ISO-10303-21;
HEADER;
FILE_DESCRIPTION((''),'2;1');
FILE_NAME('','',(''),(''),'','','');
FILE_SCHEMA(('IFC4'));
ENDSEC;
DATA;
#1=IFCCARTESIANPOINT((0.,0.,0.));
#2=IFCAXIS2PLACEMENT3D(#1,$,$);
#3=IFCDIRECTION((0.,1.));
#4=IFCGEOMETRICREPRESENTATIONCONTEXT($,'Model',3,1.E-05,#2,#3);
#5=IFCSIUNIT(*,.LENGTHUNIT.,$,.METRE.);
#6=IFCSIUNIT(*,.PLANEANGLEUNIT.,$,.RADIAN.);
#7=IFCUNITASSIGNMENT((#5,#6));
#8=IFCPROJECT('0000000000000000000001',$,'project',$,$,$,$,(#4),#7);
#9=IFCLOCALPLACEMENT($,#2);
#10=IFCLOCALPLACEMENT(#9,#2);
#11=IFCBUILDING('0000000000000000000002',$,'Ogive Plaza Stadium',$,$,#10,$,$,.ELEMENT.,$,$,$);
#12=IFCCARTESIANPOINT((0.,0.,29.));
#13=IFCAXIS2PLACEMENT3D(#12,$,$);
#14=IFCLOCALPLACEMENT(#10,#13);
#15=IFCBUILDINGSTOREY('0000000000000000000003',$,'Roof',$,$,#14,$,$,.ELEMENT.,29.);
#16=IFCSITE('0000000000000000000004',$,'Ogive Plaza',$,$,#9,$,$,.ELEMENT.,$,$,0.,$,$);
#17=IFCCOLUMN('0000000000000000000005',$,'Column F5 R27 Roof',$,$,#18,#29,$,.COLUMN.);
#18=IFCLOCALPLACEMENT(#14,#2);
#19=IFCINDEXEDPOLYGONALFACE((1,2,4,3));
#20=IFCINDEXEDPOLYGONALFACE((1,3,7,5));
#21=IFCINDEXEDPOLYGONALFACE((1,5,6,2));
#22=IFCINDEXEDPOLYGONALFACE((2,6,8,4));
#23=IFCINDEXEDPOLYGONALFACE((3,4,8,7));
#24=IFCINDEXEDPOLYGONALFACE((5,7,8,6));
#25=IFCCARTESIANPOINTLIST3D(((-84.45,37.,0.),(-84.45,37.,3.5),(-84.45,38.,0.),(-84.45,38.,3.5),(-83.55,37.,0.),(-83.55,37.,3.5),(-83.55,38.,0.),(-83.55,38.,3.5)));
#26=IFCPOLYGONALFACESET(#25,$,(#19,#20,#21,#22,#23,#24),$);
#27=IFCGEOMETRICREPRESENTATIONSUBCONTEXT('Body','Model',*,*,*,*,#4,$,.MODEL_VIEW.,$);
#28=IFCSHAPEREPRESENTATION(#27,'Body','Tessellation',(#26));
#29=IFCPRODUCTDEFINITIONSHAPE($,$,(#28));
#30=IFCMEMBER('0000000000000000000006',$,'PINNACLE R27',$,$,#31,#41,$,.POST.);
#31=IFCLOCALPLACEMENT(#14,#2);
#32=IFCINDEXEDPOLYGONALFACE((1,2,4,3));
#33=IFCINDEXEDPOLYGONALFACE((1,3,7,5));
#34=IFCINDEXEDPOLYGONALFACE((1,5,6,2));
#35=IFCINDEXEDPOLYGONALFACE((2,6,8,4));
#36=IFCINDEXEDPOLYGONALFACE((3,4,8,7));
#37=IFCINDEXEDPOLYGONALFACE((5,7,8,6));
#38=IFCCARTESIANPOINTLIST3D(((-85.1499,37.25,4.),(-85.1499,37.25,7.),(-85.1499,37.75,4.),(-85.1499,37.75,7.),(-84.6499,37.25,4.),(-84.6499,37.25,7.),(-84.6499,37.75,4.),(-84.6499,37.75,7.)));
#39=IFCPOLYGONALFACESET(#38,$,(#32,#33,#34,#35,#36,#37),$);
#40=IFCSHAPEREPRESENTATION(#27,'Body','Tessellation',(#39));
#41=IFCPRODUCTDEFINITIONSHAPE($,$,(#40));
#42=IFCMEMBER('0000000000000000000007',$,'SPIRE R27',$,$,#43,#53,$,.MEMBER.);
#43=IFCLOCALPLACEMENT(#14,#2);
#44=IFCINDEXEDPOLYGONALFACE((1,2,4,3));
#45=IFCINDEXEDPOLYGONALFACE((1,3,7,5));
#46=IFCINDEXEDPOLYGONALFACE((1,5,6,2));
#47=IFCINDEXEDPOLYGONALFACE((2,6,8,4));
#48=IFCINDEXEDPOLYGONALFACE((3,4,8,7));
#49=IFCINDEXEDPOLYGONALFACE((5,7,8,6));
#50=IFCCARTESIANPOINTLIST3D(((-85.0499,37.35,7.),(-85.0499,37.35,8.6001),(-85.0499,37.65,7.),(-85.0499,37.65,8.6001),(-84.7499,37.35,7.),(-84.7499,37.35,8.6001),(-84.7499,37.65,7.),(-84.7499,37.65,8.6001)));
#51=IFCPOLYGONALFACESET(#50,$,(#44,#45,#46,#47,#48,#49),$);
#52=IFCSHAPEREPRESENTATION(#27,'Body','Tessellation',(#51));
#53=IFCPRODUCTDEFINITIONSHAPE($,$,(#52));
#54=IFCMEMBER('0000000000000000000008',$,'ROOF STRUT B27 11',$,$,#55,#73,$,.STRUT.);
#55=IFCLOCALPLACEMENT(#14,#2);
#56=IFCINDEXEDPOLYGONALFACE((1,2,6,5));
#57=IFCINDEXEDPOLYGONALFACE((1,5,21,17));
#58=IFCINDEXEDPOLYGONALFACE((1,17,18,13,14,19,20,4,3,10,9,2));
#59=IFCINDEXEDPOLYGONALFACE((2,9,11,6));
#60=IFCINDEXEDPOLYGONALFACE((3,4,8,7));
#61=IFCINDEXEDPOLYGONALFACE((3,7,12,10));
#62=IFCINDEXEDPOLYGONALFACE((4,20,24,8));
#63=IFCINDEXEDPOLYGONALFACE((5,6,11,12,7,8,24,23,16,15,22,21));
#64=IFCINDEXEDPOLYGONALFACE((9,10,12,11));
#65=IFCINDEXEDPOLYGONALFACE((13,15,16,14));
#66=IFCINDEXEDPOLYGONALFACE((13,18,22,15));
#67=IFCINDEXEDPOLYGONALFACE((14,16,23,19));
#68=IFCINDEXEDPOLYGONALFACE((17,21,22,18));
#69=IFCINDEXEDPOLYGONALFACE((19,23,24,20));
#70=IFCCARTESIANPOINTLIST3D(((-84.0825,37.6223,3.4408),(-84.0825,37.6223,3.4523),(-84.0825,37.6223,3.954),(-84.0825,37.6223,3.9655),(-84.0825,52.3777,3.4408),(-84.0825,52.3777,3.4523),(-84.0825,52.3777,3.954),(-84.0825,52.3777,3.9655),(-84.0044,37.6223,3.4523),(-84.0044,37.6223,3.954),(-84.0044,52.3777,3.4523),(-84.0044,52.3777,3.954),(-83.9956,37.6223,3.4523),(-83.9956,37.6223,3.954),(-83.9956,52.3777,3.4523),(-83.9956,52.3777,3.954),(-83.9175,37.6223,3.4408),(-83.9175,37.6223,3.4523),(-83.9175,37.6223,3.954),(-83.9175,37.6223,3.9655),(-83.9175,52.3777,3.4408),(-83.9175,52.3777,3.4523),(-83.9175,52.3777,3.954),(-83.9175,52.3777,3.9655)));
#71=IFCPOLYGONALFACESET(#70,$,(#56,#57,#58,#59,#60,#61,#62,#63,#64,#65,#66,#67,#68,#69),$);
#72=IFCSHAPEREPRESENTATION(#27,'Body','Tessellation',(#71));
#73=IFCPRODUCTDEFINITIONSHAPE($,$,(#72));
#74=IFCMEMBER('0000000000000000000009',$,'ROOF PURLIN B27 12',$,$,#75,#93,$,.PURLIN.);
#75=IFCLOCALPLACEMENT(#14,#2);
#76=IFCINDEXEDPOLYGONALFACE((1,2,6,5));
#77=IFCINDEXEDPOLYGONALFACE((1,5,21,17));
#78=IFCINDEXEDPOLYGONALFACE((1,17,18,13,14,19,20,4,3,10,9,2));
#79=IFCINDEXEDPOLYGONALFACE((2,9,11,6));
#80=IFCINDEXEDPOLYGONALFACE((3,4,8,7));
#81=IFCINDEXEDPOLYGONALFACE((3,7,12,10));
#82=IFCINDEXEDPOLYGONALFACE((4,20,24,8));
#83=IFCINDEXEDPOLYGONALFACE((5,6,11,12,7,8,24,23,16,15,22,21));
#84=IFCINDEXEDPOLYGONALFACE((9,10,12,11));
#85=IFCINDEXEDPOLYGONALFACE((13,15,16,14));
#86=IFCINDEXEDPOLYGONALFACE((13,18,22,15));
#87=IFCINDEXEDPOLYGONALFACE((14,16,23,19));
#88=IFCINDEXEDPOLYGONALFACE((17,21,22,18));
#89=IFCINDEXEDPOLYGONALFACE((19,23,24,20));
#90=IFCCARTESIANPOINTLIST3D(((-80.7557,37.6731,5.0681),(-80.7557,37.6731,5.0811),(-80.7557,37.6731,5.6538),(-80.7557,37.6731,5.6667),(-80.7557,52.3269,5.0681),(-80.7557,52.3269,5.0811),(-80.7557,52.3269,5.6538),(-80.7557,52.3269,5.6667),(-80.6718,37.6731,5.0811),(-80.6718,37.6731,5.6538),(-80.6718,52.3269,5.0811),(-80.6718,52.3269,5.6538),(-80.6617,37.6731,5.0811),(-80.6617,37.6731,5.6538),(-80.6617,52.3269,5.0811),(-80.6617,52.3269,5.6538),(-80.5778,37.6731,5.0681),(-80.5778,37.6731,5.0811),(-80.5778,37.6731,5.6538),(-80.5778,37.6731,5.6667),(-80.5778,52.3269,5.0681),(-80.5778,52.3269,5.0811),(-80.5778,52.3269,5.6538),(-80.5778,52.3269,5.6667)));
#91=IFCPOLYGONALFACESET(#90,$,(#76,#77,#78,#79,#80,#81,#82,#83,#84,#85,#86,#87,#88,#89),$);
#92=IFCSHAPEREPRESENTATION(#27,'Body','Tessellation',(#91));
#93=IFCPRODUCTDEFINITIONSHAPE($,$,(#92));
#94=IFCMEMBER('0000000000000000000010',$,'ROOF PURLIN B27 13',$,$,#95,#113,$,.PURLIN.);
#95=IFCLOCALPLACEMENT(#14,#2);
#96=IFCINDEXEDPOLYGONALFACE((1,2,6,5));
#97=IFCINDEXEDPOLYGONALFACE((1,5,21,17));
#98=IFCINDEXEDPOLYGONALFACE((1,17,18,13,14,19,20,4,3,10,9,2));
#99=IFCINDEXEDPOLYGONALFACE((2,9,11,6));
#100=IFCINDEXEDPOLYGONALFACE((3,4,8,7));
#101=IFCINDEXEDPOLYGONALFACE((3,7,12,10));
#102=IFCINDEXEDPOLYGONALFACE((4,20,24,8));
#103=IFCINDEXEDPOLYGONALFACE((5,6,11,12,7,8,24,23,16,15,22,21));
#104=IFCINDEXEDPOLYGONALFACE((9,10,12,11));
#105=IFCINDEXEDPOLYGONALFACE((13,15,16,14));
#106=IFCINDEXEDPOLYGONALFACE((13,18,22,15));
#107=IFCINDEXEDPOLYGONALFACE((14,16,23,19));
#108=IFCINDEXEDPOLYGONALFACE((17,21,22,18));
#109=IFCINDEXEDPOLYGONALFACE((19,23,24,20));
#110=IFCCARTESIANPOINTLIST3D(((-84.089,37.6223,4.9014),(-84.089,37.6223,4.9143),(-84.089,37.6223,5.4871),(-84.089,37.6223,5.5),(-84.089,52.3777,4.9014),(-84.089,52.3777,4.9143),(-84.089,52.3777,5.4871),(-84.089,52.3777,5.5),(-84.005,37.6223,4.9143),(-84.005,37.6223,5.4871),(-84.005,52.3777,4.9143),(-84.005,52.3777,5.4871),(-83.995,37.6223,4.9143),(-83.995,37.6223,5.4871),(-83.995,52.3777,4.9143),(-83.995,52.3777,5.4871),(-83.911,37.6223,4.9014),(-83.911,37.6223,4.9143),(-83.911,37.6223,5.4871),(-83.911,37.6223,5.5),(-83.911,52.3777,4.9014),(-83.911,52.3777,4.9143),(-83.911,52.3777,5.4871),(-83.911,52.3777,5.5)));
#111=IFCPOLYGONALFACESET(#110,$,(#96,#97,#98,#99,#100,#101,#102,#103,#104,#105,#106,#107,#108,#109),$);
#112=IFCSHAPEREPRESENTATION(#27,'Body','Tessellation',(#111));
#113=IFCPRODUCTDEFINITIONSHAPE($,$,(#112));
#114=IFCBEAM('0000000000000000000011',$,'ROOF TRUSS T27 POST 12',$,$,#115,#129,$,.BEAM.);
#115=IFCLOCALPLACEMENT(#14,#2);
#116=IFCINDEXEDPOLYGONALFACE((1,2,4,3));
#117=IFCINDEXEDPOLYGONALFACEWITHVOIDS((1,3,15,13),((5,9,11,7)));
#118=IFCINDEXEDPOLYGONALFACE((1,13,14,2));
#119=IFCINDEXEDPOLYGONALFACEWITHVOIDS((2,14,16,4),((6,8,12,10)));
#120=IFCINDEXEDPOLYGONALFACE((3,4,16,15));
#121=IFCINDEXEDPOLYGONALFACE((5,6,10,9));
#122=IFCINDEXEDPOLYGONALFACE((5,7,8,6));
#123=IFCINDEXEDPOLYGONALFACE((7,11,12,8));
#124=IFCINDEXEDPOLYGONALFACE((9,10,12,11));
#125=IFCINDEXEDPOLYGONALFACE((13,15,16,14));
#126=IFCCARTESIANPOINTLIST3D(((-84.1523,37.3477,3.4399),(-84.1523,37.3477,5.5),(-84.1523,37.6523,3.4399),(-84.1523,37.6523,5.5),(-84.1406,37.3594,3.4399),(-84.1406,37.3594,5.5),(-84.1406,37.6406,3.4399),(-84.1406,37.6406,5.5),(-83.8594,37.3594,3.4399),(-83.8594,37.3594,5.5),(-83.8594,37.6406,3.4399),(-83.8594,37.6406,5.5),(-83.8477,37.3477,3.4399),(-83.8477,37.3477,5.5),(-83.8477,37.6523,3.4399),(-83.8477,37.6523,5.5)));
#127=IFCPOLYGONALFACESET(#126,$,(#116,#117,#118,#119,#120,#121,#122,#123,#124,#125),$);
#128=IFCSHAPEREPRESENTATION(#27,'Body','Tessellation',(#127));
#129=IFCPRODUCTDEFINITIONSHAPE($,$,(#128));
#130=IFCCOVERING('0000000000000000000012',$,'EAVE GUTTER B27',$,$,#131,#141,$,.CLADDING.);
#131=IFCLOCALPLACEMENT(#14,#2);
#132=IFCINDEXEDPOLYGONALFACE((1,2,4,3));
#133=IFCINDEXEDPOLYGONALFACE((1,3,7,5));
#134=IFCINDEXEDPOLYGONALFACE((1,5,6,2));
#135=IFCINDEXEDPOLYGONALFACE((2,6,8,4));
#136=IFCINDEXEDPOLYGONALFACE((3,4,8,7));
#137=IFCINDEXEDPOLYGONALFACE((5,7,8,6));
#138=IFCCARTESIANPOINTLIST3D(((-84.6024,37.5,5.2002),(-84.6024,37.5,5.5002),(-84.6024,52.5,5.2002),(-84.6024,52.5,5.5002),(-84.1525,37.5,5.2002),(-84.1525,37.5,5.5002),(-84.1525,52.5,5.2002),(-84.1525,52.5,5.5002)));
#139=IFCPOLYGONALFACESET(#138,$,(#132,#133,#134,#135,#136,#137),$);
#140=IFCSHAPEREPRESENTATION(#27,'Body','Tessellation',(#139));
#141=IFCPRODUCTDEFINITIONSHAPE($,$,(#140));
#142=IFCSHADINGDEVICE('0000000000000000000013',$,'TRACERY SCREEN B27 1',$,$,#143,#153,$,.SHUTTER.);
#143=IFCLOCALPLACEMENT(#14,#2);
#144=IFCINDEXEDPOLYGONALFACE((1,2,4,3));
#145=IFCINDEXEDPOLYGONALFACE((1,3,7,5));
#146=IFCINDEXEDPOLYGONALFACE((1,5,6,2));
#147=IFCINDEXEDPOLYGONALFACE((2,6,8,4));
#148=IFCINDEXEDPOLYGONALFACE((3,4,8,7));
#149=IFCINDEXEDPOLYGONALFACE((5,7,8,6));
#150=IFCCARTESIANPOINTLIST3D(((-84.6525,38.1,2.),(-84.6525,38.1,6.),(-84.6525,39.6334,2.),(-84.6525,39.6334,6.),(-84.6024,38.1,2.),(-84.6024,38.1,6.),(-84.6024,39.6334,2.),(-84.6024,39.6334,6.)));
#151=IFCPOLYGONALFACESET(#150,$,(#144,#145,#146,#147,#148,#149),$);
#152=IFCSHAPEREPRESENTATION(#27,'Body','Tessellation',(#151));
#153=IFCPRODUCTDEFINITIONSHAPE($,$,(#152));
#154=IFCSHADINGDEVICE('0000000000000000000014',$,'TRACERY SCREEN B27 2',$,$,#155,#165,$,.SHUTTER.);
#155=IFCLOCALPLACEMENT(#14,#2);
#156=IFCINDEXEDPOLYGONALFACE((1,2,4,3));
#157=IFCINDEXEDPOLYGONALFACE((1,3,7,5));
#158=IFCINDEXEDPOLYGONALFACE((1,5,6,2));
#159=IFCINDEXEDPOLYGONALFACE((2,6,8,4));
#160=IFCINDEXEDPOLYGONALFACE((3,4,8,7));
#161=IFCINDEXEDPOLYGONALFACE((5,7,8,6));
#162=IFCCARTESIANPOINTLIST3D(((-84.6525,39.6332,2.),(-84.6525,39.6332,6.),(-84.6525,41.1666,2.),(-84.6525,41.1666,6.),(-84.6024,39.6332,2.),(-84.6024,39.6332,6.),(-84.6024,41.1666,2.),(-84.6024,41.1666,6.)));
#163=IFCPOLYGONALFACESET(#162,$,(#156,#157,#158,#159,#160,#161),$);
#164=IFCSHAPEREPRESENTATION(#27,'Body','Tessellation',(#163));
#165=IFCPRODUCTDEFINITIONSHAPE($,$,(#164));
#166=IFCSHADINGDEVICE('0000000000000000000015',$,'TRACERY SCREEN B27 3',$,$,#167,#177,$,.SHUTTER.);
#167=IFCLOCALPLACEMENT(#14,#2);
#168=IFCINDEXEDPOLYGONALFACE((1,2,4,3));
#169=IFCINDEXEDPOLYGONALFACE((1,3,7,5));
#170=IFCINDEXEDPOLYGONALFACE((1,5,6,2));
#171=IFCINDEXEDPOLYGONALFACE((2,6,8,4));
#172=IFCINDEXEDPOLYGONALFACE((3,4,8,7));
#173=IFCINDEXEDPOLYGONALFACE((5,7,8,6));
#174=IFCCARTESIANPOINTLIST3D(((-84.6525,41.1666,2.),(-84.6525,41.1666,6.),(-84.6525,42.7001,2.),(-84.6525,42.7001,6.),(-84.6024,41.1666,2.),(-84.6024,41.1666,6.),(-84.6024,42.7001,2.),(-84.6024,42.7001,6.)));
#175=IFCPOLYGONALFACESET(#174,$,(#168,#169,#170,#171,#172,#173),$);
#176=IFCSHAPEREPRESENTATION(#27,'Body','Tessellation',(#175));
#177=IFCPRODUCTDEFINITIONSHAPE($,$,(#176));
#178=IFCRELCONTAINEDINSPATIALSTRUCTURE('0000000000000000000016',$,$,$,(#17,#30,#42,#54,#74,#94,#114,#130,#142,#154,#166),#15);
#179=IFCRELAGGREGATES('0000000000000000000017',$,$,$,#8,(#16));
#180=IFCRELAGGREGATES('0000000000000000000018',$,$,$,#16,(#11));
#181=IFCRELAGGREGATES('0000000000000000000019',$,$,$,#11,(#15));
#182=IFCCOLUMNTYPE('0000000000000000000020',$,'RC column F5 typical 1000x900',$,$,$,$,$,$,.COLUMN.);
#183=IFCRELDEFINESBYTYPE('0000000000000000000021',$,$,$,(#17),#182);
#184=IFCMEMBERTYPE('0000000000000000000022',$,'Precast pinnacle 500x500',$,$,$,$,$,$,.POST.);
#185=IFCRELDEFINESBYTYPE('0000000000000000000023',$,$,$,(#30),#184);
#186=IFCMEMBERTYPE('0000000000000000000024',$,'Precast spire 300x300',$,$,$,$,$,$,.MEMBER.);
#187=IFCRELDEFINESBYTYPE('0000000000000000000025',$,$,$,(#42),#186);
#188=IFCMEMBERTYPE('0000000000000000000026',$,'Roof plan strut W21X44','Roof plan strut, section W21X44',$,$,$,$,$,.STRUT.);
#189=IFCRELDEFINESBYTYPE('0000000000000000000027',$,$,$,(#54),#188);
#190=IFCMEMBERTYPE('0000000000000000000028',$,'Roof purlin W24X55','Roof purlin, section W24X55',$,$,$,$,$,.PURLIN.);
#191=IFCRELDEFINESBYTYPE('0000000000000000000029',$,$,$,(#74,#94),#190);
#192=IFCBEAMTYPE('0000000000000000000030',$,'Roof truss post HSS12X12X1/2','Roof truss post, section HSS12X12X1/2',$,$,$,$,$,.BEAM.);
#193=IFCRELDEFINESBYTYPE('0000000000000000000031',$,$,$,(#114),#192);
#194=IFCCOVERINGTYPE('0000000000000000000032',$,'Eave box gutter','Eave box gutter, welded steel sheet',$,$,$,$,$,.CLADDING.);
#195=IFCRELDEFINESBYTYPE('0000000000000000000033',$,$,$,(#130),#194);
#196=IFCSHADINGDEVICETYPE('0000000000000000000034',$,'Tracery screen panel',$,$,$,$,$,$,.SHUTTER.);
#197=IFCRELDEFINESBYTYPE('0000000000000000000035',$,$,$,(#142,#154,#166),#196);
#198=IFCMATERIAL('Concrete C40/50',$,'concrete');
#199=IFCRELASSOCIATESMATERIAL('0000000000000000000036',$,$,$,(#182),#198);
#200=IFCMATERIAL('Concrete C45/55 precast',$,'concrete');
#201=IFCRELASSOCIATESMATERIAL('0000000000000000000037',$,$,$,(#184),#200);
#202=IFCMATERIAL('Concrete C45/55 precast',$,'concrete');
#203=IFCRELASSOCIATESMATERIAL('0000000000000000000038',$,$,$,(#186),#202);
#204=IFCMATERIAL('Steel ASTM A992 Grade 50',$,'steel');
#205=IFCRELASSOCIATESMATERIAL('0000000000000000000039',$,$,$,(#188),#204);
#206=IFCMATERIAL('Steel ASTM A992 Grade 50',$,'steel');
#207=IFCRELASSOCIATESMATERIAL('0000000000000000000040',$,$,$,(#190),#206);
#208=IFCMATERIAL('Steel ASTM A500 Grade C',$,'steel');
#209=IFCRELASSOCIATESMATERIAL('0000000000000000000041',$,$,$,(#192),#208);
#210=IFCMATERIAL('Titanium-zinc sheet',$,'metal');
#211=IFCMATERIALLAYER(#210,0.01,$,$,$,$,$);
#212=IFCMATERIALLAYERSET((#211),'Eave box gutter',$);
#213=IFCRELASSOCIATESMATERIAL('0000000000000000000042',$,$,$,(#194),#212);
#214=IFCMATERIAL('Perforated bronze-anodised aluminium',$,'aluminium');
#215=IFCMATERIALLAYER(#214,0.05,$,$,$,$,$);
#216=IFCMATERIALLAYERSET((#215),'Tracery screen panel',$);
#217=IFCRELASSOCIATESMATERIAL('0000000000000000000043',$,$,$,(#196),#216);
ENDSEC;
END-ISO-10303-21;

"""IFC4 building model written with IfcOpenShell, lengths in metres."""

from ifc_helpers import new_model, si_unit, direction, frame, origin, origin_2d, place, context, subcontext, project, spatial, rectangle, hollow_rectangle, i_section, extrude, material, layer, layer_set, material_profile, profile_set, type_object, element, save


model = new_model("IFC4")

# Units and contexts
model_context = context("Model", 3, precision=1e-05, world=origin(), true_north=direction((0.0, 1.0)))
body_context = subcontext(model_context, "Body", "Model", "MODEL_VIEW")
ifc_project = project(units=[si_unit("LENGTHUNIT", "METRE"), si_unit("PLANEANGLEUNIT", "RADIAN")], contexts=[model_context])

# Site, building, storey
site_placement = place(None, origin())
site = spatial("IfcSite", under=ifc_project, at=site_placement, Name="Ogive Plaza", CompositionType="ELEMENT", RefElevation=0.0)
building_placement = place(site_placement, origin())
building = spatial("IfcBuilding", under=site, at=building_placement, Name="Ogive Plaza Stadium", CompositionType="ELEMENT")
storey_placement = place(building_placement, frame((0.0, 0.0, 29.0)))
storey = spatial("IfcBuildingStorey", under=building, at=storey_placement, Name="Roof", CompositionType="ELEMENT", Elevation=29.0)

# Column
ifc_material_1 = material(Name="Concrete C40/50", Category="concrete")
ifc_material_profile_1 = material_profile(ifc_material_1, rectangle(XDim=1.0, YDim=0.8999, at=origin_2d()), Name="RC 1000x900")
ifc_profile_set_1 = profile_set([ifc_material_profile_1], Name="Concrete C40/50")
column_type = type_object("IfcColumnType", Name="RC column F5 typical 1000x900", PredefinedType="COLUMN", material=ifc_profile_set_1)
column_placement = place(storey_placement, frame((-84.0, 37.5, 0.0), z_axis=(0.0, 0.0, 1.0), x_axis=(0.0, -1.0, 0.0)))
element("IfcColumn", 1, at=column_placement, inside=storey, type_object=column_type, Name="Column F5 R27 Roof", PredefinedType="COLUMN", context=body_context, shape_type="SweptSolid", body=[
    extrude(rectangle(XDim=1.0, YDim=0.8999, at=origin_2d()), origin(), (0.0, 0.0, 1.0), 3.5),
])

# Members
ifc_material_2 = material(Name="Concrete C45/55 precast", Category="concrete")
ifc_material_profile_2 = material_profile(ifc_material_2, rectangle(XDim=0.5, YDim=0.5, at=origin_2d()), Name="RC 500x500")
ifc_profile_set_2 = profile_set([ifc_material_profile_2], Name="Concrete C45/55 precast")
member_type_1 = type_object("IfcMemberType", Name="Precast pinnacle 500x500", PredefinedType="POST", material=ifc_profile_set_2)
member_1_placement = place(storey_placement, frame((-84.8999, 37.5, 4.0), z_axis=(0.0, 0.0, 1.0), x_axis=(0.0, -1.0, 0.0)))
element("IfcMember", 2, at=member_1_placement, inside=storey, type_object=member_type_1, Name="PINNACLE R27", PredefinedType="POST", context=body_context, shape_type="SweptSolid", body=[
    extrude(rectangle(XDim=0.5, YDim=0.5, at=origin_2d()), origin(), (0.0, 0.0, 1.0), 3.0),
])
ifc_material_3 = material(Name="Concrete C45/55 precast", Category="concrete")
ifc_material_profile_3 = material_profile(ifc_material_3, rectangle(XDim=0.3, YDim=0.3, at=origin_2d()), Name="RC 300x300")
ifc_profile_set_3 = profile_set([ifc_material_profile_3], Name="Concrete C45/55 precast")
member_type_2 = type_object("IfcMemberType", Name="Precast spire 300x300", PredefinedType="MEMBER", material=ifc_profile_set_3)
member_2_placement = place(storey_placement, frame((-84.8999, 37.5, 7.0), z_axis=(0.0, 0.0, 1.0), x_axis=(0.0, -1.0, 0.0)))
element("IfcMember", 3, at=member_2_placement, inside=storey, type_object=member_type_2, Name="SPIRE R27", PredefinedType="MEMBER", context=body_context, shape_type="SweptSolid", body=[
    extrude(rectangle(XDim=0.3, YDim=0.3, at=origin_2d()), origin(), (0.0, 0.0, 1.0), 1.6001),
])
ifc_material_4 = material(Name="Steel ASTM A992 Grade 50", Category="steel")
ifc_material_profile_4 = material_profile(ifc_material_4, i_section(OverallWidth=0.165, OverallDepth=0.5247, WebThickness=0.0088, FlangeThickness=0.0115, at=origin_2d()), Name="W21X44")
ifc_profile_set_4 = profile_set([ifc_material_profile_4], Name="Steel ASTM A992 Grade 50")
member_type_3 = type_object("IfcMemberType", Name="Roof plan strut W21X44", Description="Roof plan strut, section W21X44", PredefinedType="STRUT", material=ifc_profile_set_4)
member_3_placement = place(storey_placement, frame((-84.0, 37.6223, 3.7031), z_axis=(0.0, 1.0, 0.0), x_axis=(-1.0, 0.0, 0.0)))
element("IfcMember", 4, at=member_3_placement, inside=storey, type_object=member_type_3, Name="ROOF STRUT B27 11", PredefinedType="STRUT", context=body_context, shape_type="SweptSolid", body=[
    extrude(i_section(OverallWidth=0.165, OverallDepth=0.5247, WebThickness=0.0088, FlangeThickness=0.0115, at=origin_2d()), origin(), (0.0, 0.0, 1.0), 14.7554),
])
ifc_material_5 = material(Name="Steel ASTM A992 Grade 50", Category="steel")
ifc_material_profile_5 = material_profile(ifc_material_5, i_section(OverallWidth=0.178, OverallDepth=0.5986, WebThickness=0.01, FlangeThickness=0.0129, at=origin_2d()), Name="W24X55")
ifc_profile_set_5 = profile_set([ifc_material_profile_5], Name="Steel ASTM A992 Grade 50")
member_type_4 = type_object("IfcMemberType", Name="Roof purlin W24X55", Description="Roof purlin, section W24X55", PredefinedType="PURLIN", material=ifc_profile_set_5)
member_4_placement = place(storey_placement, frame((-80.6667, 37.6731, 5.3674), z_axis=(0.0, 1.0, 0.0), x_axis=(-1.0, 0.0, 0.0)))
element("IfcMember", 5, at=member_4_placement, inside=storey, type_object=member_type_4, Name="ROOF PURLIN B27 12", PredefinedType="PURLIN", context=body_context, shape_type="SweptSolid", body=[
    extrude(i_section(OverallWidth=0.178, OverallDepth=0.5986, WebThickness=0.01, FlangeThickness=0.0129, at=origin_2d()), origin(), (0.0, 0.0, 1.0), 14.6538),
])
member_5_placement = place(storey_placement, frame((-84.0, 37.6223, 5.2007), z_axis=(0.0, 1.0, 0.0), x_axis=(-1.0, 0.0, 0.0)))
element("IfcMember", 6, at=member_5_placement, inside=storey, type_object=member_type_4, Name="ROOF PURLIN B27 13", PredefinedType="PURLIN", context=body_context, shape_type="SweptSolid", body=[
    extrude(i_section(OverallWidth=0.178, OverallDepth=0.5986, WebThickness=0.01, FlangeThickness=0.0129, at=origin_2d()), origin(), (0.0, 0.0, 1.0), 14.7554),
])

# Beam
ifc_material_6 = material(Name="Steel ASTM A500 Grade C", Category="steel")
ifc_material_profile_6 = material_profile(ifc_material_6, hollow_rectangle(XDim=0.3047, YDim=0.3047, WallThickness=0.0117, at=origin_2d()), Name="HSS12X12X1/2")
ifc_profile_set_6 = profile_set([ifc_material_profile_6], Name="Steel ASTM A500 Grade C")
beam_type = type_object("IfcBeamType", Name="Roof truss post HSS12X12X1/2", Description="Roof truss post, section HSS12X12X1/2", PredefinedType="BEAM", material=ifc_profile_set_6)
beam_placement = place(storey_placement, frame((-84.0, 37.5, 3.4399), z_axis=(0.0, 0.0, 1.0), x_axis=(0.0, -1.0, 0.0)))
element("IfcBeam", 7, at=beam_placement, inside=storey, type_object=beam_type, Name="ROOF TRUSS T27 POST 12", PredefinedType="BEAM", context=body_context, shape_type="SweptSolid", body=[
    extrude(hollow_rectangle(XDim=0.3047, YDim=0.3047, WallThickness=0.0117, at=origin_2d()), origin(), (0.0, 0.0, 1.0), 2.0601),
])

# Covering
ifc_material_7 = material(Name="Titanium-zinc sheet", Category="metal")
ifc_layer_1 = layer(ifc_material_7, 0.01)
ifc_layer_set_1 = layer_set([ifc_layer_1], Name="Eave box gutter")
covering_type = type_object("IfcCoveringType", Name="Eave box gutter", Description="Eave box gutter, welded steel sheet", PredefinedType="CLADDING", material=ifc_layer_set_1)
covering_placement = place(storey_placement, frame((-84.3774, 45.0, 5.2002), z_axis=(0.0, 0.0, 1.0), x_axis=(0.0, 1.0, 0.0)))
element("IfcCovering", 8, at=covering_placement, inside=storey, type_object=covering_type, Name="EAVE GUTTER B27", PredefinedType="CLADDING", context=body_context, shape_type="SweptSolid", body=[
    extrude(rectangle(XDim=15.0, YDim=0.45, at=origin_2d()), origin(), (0.0, 0.0, 1.0), 0.3),
])

# Shading devices
ifc_material_8 = material(Name="Perforated bronze-anodised aluminium", Category="aluminium")
ifc_layer_2 = layer(ifc_material_8, 0.05)
ifc_layer_set_2 = layer_set([ifc_layer_2], Name="Tracery screen panel")
shading_device_type = type_object("IfcShadingDeviceType", Name="Tracery screen panel", PredefinedType="SHUTTER", material=ifc_layer_set_2)
for number, where, z_axis, x_axis, name in (
    (9, (-84.6274, 38.8667, 2.0), (0.0, 0.0, 1.0), (0.0, 1.0, 0.0), "TRACERY SCREEN B27 1"),
    (10, (-84.6274, 40.3999, 2.0), (0.0, 0.0, 1.0), (0.0, 1.0, 0.0), "TRACERY SCREEN B27 2"),
    (11, (-84.6274, 41.9333, 2.0), (0.0, 0.0, 1.0), (0.0, 1.0, 0.0), "TRACERY SCREEN B27 3"),
):
    element("IfcShadingDevice", number, at=place(storey_placement, frame(where, z_axis=z_axis, x_axis=x_axis)), inside=storey, type_object=shading_device_type, Name=name, PredefinedType="SHUTTER", context=body_context, shape_type="SweptSolid", body=[
        extrude(rectangle(XDim=1.5334, YDim=0.05, at=origin_2d()), origin(), (0.0, 0.0, 1.0), 4.0),
    ])

save(model, "model.ifc")
